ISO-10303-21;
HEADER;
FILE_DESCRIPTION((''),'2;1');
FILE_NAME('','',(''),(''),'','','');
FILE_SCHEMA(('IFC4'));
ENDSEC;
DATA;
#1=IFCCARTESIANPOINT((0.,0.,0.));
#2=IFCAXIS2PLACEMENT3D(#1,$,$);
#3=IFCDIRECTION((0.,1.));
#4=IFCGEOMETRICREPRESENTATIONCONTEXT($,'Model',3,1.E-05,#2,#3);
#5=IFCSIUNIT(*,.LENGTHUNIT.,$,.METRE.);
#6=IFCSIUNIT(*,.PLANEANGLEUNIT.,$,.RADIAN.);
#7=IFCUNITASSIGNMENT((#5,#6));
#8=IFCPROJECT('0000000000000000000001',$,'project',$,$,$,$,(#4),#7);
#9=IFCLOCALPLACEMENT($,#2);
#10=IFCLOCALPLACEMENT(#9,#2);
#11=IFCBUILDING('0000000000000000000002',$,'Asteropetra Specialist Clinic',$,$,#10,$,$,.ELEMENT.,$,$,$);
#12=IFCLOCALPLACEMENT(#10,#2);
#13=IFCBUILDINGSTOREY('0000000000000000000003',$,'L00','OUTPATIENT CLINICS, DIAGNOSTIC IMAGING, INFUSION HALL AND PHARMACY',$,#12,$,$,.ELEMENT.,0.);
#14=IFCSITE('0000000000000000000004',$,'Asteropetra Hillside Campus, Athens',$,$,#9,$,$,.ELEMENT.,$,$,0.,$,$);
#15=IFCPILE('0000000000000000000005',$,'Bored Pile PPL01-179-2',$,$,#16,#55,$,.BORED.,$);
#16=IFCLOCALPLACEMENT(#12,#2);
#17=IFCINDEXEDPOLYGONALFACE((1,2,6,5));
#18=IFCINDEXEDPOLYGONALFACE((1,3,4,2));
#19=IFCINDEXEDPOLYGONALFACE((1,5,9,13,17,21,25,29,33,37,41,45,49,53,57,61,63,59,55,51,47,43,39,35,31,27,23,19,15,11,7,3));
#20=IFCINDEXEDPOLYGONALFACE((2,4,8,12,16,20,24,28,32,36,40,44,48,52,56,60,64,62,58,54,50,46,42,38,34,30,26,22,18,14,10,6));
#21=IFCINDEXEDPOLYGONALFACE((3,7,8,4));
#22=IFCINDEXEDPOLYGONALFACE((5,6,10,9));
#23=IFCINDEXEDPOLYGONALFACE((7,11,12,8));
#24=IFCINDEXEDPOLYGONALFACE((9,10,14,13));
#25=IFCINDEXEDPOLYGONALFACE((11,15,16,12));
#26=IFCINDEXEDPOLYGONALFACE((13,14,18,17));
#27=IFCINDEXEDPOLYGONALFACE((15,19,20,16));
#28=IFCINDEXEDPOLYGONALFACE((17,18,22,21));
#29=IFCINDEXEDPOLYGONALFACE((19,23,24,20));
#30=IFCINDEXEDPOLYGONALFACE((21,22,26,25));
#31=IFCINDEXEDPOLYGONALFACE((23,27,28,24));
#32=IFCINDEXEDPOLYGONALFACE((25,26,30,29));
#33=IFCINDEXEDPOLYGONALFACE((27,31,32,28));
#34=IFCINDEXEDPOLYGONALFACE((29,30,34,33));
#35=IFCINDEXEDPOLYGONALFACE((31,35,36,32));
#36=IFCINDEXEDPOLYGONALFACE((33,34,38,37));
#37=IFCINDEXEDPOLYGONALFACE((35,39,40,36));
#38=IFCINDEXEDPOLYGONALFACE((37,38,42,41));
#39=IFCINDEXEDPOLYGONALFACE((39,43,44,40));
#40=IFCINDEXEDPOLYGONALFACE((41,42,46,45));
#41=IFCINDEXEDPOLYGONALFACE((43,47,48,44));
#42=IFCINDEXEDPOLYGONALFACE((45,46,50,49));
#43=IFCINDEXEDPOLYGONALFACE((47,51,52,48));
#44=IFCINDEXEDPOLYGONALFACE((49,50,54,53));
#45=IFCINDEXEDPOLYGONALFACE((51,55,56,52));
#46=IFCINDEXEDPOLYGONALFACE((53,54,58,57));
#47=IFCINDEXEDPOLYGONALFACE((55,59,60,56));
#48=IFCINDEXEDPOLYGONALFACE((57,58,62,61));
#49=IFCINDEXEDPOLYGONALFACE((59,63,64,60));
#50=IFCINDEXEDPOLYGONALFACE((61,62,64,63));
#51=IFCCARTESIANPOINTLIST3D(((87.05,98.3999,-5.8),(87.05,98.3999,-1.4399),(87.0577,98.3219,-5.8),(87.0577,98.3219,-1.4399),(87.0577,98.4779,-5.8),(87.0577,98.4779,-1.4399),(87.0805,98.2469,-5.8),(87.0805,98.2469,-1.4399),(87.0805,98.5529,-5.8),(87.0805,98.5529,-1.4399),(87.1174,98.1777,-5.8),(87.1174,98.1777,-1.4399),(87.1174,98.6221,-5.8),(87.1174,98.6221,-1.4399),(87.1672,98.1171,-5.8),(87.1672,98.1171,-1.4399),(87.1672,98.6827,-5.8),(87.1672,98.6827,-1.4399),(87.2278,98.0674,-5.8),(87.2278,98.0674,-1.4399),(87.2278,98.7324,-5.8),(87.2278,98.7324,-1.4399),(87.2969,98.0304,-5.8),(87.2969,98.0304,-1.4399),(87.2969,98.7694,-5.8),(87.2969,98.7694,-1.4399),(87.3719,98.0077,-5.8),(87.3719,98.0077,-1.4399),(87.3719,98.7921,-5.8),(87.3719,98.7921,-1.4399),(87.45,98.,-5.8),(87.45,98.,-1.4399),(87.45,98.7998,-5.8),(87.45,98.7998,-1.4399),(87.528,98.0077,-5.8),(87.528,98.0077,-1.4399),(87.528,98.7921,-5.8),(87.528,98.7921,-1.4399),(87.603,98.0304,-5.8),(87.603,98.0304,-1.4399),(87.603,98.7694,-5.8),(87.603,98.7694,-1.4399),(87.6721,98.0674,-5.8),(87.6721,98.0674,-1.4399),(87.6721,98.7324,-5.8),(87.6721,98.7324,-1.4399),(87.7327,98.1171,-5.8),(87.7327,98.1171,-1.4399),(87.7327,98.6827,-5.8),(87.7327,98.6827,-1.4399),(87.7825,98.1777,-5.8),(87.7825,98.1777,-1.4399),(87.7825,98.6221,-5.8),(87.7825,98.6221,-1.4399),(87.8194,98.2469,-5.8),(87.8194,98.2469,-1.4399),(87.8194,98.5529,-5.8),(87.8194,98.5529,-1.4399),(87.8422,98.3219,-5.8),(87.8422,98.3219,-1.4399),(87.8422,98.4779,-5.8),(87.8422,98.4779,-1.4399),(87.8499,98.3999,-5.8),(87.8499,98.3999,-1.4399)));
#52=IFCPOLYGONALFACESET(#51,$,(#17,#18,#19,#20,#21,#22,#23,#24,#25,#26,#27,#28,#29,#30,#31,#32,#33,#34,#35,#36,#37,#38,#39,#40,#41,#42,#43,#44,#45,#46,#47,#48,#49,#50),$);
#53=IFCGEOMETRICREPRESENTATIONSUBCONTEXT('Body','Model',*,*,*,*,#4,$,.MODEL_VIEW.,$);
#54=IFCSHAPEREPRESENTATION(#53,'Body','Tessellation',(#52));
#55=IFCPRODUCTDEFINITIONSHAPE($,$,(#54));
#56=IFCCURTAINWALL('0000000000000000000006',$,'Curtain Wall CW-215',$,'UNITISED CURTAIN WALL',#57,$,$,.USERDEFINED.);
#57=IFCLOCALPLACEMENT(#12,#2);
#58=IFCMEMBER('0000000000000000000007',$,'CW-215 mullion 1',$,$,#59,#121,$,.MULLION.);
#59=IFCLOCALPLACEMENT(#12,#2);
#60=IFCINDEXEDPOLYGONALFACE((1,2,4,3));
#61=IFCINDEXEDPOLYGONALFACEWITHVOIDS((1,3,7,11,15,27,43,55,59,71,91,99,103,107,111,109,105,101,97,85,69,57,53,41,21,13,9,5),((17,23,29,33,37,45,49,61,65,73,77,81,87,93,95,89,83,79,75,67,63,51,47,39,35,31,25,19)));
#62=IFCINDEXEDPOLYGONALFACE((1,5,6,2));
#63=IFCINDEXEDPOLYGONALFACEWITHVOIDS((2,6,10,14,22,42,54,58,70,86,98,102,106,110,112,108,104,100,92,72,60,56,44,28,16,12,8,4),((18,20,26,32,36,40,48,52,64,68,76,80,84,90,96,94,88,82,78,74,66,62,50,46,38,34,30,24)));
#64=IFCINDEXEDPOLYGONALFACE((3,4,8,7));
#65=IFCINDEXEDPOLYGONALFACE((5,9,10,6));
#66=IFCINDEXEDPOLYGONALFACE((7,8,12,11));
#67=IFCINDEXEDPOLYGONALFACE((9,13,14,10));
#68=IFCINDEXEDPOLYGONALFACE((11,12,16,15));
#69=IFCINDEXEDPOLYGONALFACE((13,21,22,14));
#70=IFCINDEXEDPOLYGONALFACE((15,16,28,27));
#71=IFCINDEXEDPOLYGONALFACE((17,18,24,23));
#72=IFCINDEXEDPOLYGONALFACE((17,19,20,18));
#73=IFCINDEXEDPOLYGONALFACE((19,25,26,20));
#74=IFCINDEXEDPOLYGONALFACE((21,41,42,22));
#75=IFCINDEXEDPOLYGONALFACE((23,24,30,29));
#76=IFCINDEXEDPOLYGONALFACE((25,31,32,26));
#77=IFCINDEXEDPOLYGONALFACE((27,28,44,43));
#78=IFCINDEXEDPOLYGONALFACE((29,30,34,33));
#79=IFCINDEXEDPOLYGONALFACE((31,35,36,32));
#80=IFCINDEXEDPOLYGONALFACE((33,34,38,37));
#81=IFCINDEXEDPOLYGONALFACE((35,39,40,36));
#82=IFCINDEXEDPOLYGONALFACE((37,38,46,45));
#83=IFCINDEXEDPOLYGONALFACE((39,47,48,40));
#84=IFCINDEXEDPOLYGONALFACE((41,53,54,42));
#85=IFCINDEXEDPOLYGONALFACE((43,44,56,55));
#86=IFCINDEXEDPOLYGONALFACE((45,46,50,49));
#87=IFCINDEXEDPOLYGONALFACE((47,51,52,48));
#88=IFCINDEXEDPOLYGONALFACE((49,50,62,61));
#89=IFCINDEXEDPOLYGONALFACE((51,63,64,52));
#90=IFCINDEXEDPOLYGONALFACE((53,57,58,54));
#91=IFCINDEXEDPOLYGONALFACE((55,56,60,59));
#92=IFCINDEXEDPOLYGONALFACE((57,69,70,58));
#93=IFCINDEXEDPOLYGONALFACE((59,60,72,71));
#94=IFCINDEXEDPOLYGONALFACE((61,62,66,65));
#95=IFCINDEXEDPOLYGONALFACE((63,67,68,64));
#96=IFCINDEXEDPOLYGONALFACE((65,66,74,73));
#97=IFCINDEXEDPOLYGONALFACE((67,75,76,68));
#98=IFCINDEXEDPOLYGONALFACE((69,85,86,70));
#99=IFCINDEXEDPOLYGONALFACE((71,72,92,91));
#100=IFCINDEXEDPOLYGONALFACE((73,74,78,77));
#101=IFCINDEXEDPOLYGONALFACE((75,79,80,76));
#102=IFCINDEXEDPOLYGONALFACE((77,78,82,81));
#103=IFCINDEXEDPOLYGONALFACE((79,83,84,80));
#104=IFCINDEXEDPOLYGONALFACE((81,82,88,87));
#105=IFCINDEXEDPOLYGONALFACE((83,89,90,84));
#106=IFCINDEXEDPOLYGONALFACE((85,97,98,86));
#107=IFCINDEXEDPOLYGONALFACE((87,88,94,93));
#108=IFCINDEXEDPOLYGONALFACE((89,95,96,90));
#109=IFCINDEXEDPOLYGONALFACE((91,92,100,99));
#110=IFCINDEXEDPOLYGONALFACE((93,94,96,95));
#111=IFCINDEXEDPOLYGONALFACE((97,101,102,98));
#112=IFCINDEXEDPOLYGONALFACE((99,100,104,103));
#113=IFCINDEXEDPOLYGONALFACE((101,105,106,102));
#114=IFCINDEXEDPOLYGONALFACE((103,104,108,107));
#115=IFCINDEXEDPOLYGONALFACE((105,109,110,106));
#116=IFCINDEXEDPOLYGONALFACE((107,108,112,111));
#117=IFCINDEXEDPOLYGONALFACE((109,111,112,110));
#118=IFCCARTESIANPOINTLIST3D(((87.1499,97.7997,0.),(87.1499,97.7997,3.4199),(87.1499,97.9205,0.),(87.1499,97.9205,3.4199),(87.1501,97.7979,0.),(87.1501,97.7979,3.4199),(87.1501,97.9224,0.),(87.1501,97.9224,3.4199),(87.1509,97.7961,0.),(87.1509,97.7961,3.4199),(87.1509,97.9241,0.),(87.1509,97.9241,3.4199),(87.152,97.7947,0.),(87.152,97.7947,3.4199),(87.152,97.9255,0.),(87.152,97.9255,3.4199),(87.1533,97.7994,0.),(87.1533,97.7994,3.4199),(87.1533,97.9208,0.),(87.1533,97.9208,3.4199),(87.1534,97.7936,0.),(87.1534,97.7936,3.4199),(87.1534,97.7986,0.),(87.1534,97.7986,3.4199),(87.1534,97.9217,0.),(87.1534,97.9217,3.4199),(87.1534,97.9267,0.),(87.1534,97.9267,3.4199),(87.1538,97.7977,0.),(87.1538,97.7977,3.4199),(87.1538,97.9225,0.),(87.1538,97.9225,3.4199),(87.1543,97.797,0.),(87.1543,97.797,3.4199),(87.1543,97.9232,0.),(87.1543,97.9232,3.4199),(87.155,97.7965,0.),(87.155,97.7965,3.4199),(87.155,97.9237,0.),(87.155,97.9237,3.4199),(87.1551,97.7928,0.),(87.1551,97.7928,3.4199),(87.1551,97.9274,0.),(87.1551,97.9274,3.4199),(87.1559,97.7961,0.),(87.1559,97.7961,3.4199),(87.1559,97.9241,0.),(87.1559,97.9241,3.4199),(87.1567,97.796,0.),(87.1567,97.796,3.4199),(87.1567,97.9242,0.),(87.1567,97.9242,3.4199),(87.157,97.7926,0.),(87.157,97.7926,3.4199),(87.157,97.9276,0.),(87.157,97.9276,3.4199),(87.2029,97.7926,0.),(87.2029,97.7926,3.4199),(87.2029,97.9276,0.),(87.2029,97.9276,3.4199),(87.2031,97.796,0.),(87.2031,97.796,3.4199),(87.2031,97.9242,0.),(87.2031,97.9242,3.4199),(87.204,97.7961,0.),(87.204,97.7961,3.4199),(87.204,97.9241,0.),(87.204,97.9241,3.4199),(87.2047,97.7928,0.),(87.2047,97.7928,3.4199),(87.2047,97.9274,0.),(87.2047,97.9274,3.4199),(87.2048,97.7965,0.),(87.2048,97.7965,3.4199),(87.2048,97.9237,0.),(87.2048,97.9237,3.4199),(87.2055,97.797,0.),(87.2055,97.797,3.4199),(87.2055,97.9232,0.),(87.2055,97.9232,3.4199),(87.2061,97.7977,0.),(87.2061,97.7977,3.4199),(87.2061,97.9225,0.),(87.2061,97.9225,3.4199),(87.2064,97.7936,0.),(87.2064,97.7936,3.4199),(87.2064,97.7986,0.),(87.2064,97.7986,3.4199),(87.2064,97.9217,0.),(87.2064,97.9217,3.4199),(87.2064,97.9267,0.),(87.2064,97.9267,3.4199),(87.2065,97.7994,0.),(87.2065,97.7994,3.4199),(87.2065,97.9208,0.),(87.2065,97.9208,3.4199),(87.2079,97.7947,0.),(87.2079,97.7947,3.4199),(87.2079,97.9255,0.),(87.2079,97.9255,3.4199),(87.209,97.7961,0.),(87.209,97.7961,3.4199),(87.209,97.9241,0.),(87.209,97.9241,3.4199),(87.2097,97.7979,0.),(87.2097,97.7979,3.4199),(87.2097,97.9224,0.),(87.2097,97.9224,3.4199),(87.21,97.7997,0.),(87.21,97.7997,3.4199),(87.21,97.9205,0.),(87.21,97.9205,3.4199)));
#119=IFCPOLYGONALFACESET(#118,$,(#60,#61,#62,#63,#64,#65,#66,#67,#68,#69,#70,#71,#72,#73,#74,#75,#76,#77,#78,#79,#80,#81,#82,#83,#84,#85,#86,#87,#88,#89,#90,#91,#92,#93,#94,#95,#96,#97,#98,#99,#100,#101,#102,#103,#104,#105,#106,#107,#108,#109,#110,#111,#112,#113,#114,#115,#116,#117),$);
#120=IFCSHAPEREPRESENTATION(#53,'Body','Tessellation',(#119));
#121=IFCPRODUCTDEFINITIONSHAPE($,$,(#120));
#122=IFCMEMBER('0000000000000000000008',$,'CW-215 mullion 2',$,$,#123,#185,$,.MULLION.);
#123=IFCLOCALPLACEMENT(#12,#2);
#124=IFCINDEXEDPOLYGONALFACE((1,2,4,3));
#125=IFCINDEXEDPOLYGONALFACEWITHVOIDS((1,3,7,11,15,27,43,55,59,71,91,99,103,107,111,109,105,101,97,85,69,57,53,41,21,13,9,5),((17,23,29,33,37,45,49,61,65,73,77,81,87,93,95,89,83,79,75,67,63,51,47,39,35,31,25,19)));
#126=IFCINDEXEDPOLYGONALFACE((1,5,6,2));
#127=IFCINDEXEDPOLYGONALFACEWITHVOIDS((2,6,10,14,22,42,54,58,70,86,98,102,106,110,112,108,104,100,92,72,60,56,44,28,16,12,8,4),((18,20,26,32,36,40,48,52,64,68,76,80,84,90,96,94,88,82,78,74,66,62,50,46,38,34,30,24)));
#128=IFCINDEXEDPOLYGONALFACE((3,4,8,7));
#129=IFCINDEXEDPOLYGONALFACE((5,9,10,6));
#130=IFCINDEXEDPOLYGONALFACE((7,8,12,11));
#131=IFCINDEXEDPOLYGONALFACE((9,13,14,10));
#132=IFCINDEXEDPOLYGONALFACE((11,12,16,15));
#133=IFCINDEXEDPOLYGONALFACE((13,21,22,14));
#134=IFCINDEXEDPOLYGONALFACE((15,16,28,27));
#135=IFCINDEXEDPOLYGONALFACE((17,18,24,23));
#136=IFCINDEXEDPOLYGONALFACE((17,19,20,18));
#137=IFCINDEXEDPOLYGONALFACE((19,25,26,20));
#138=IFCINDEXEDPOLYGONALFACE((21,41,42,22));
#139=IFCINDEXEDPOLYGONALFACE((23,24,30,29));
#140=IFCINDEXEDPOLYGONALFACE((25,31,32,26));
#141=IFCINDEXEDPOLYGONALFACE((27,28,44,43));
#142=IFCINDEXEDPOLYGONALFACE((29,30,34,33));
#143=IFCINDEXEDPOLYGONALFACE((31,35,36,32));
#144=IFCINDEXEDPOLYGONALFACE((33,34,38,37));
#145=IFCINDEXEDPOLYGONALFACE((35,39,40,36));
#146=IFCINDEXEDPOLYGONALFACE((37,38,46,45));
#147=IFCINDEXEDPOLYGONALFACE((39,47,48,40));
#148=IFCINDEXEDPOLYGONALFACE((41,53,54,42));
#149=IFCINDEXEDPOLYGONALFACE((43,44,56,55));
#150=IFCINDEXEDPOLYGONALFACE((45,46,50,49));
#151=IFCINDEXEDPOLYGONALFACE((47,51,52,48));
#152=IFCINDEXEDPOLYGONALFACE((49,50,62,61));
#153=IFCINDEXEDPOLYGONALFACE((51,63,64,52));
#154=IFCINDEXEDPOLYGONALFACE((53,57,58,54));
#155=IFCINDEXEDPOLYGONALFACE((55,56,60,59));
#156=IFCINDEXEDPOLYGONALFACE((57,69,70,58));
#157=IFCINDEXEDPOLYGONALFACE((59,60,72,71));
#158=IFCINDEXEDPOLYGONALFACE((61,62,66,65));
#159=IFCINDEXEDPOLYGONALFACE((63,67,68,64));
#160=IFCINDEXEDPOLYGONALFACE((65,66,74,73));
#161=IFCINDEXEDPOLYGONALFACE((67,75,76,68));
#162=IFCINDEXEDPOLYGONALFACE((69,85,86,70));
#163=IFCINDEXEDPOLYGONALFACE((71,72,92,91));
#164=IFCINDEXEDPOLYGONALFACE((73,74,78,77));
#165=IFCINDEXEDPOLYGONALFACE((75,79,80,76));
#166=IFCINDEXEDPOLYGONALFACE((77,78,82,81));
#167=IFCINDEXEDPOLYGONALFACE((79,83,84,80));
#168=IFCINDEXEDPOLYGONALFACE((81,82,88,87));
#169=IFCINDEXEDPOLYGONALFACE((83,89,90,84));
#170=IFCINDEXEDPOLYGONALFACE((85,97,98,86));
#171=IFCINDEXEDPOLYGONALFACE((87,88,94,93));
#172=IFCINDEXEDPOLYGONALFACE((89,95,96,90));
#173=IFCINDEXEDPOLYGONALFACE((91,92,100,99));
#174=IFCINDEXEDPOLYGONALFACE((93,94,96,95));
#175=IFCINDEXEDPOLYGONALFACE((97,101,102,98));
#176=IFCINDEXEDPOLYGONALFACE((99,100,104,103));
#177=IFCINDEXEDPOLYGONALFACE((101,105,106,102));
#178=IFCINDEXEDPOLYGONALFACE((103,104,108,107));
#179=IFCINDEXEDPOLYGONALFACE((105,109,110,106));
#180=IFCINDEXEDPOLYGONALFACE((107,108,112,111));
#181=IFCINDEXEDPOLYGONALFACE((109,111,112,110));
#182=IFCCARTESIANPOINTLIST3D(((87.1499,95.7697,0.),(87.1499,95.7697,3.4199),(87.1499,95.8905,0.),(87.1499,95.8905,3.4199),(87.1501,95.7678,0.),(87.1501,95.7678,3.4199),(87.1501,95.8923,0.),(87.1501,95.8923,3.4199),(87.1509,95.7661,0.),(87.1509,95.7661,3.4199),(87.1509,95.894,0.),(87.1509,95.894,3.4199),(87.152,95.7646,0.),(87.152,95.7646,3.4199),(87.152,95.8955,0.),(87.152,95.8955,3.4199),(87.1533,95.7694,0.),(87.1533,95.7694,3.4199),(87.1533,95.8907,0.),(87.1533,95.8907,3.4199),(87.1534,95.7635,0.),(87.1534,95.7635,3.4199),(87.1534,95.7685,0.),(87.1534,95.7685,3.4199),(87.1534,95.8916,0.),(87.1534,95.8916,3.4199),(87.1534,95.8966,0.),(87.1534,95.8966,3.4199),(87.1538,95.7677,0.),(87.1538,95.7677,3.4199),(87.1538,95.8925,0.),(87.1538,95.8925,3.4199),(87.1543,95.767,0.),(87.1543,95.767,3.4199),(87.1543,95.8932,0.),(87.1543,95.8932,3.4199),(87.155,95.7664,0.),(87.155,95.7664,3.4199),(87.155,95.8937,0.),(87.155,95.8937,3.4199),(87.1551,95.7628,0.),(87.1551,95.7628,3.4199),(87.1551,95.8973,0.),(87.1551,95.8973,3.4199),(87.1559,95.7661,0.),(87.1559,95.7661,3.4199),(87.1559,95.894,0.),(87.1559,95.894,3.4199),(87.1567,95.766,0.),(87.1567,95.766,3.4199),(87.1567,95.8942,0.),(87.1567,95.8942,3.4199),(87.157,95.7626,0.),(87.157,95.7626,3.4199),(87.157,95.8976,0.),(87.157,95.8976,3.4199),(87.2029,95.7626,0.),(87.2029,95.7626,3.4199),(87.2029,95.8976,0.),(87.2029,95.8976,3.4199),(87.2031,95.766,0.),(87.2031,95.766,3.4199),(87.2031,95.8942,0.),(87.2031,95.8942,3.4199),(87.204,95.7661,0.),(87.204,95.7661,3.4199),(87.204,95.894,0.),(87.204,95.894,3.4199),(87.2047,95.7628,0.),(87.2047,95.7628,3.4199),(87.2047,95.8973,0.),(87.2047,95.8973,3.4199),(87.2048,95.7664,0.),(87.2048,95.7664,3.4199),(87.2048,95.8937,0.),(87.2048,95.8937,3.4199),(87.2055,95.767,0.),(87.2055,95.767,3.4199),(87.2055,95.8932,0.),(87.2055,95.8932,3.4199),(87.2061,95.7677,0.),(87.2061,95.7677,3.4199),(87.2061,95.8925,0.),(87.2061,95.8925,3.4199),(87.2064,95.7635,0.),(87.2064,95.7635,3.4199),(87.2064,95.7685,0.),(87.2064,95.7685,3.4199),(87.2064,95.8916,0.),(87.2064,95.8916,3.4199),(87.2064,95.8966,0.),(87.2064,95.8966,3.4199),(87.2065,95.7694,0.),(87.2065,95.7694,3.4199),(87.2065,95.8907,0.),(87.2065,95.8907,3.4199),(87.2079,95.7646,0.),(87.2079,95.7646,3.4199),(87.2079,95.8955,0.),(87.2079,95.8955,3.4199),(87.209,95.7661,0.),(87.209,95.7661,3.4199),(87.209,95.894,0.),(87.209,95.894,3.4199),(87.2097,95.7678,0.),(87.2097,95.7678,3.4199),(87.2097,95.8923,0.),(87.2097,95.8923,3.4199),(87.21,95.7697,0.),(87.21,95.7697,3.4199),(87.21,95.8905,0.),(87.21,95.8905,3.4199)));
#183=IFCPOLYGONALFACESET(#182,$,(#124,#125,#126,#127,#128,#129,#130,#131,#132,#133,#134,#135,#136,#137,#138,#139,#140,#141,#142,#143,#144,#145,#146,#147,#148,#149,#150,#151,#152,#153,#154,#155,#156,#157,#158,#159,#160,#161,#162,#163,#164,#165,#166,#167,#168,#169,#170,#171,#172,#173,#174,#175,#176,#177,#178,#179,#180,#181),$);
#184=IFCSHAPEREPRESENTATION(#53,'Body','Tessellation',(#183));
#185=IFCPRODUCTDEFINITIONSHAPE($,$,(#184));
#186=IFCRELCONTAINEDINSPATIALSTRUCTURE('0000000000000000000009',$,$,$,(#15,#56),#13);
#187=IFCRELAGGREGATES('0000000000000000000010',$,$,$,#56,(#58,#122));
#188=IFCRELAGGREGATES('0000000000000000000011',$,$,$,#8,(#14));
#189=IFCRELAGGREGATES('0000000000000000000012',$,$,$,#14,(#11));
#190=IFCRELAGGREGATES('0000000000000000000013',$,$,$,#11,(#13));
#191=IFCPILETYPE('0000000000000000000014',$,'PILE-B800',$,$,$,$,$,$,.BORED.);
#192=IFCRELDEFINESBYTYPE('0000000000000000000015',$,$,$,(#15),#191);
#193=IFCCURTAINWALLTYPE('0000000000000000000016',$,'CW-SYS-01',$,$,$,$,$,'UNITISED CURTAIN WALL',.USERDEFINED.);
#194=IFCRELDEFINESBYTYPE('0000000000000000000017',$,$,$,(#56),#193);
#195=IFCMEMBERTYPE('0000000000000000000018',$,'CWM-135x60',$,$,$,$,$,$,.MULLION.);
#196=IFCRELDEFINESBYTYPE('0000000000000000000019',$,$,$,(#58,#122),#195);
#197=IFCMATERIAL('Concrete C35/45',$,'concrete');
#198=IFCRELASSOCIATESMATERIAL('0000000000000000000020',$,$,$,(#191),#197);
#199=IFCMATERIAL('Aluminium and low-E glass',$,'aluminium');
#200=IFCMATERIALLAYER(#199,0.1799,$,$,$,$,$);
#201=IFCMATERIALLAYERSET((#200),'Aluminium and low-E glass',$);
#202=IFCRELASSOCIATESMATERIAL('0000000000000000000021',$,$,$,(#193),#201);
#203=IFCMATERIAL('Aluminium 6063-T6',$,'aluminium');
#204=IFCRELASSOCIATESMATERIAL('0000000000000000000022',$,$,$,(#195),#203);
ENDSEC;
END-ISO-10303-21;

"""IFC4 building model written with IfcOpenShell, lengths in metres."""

from ifc_helpers import new_model, si_unit, direction, frame, origin, origin_2d, place, context, subcontext, project, spatial, hollow_rectangle, circle, extrude, material, layer, layer_set, material_profile, profile_set, type_object, element, aggregate, save


model = new_model("IFC4")

# Units and contexts
model_context = context("Model", 3, precision=1e-05, world=origin(), true_north=direction((0.0, 1.0)))
body_context = subcontext(model_context, "Body", "Model", "MODEL_VIEW")
ifc_project = project(units=[si_unit("LENGTHUNIT", "METRE"), si_unit("PLANEANGLEUNIT", "RADIAN")], contexts=[model_context])

# Site, building, storey
site_placement = place(None, origin())
site = spatial("IfcSite", under=ifc_project, at=site_placement, Name="Asteropetra Hillside Campus, Athens", CompositionType="ELEMENT", RefElevation=0.0)
building_placement = place(site_placement, origin())
building = spatial("IfcBuilding", under=site, at=building_placement, Name="Asteropetra Specialist Clinic", CompositionType="ELEMENT")
storey_placement = place(building_placement, origin())
storey = spatial("IfcBuildingStorey", under=building, at=storey_placement, Name="L00", Description="OUTPATIENT CLINICS, DIAGNOSTIC IMAGING, INFUSION HALL AND PHARMACY", CompositionType="ELEMENT", Elevation=0.0)

# Pile
ifc_material_1 = material(Name="Concrete C35/45", Category="concrete")
ifc_material_profile_1 = material_profile(ifc_material_1, circle(Radius=0.3999, at=origin_2d()), Name="PILE D800")
ifc_profile_set_1 = profile_set([ifc_material_profile_1], Name="Concrete C35/45")
pile_type = type_object("IfcPileType", Name="PILE-B800", PredefinedType="BORED", material=ifc_profile_set_1)
pile_placement = place(storey_placement, frame((87.45, 98.3999, -1.4399), z_axis=(0.0, 0.0, -1.0), x_axis=(1.0, 0.0, 0.0)))
element("IfcPile", 1, at=pile_placement, inside=storey, type_object=pile_type, Name="Bored Pile PPL01-179-2", PredefinedType="BORED", context=body_context, shape_type="SweptSolid", body=[
    extrude(circle(Radius=0.3999, at=origin_2d()), origin(), (0.0, 0.0, 1.0), 4.3601),
])

# Curtain wall, members
ifc_material_2 = material(Name="Aluminium and low-E glass", Category="aluminium")
ifc_layer_1 = layer(ifc_material_2, 0.1799)
ifc_layer_set_1 = layer_set([ifc_layer_1], Name="Aluminium and low-E glass")
curtain_wall_type = type_object("IfcCurtainWallType", Name="CW-SYS-01", ElementType="UNITISED CURTAIN WALL", PredefinedType="USERDEFINED", material=ifc_layer_set_1)
curtain_wall_placement = place(storey_placement, origin())
curtain_wall = element("IfcCurtainWall", 2, at=curtain_wall_placement, inside=storey, type_object=curtain_wall_type, Name="Curtain Wall CW-215", ObjectType="UNITISED CURTAIN WALL", PredefinedType="USERDEFINED")
ifc_material_3 = material(Name="Aluminium 6063-T6", Category="aluminium")
ifc_material_profile_2 = material_profile(ifc_material_3, hollow_rectangle(XDim=0.0601, YDim=0.135, WallThickness=0.0034, InnerFilletRadius=0.0034, OuterFilletRadius=0.0071, at=origin_2d()), Name="MUL 135x60x3.5")
ifc_profile_set_2 = profile_set([ifc_material_profile_2], Name="Aluminium 6063-T6")
member_type_1 = type_object("IfcMemberType", Name="CWM-135x60", PredefinedType="MULLION", material=ifc_profile_set_2)
member_1_placement = place(storey_placement, frame((87.1799, 97.8601, 0.0), z_axis=(0.0, 0.0, 1.0), x_axis=(1.0, 0.0, 0.0)))
member_1 = element("IfcMember", 3, at=member_1_placement, type_object=member_type_1, Name="CW-215 mullion 1", PredefinedType="MULLION", context=body_context, shape_type="SweptSolid", body=[
    extrude(hollow_rectangle(XDim=0.0601, YDim=0.135, WallThickness=0.0034, InnerFilletRadius=0.0034, OuterFilletRadius=0.0071, at=origin_2d()), origin(), (0.0, 0.0, 1.0), 3.4199),
])
member_2_placement = place(storey_placement, frame((87.1799, 95.8301, 0.0), z_axis=(0.0, 0.0, 1.0), x_axis=(1.0, 0.0, 0.0)))
member_2 = element("IfcMember", 4, at=member_2_placement, type_object=member_type_1, Name="CW-215 mullion 2", PredefinedType="MULLION", context=body_context, shape_type="SweptSolid", body=[
    extrude(hollow_rectangle(XDim=0.0601, YDim=0.135, WallThickness=0.0034, InnerFilletRadius=0.0034, OuterFilletRadius=0.0071, at=origin_2d()), origin(), (0.0, 0.0, 1.0), 3.4199),
])
aggregate(curtain_wall, [member_1, member_2])

save(model, "model.ifc")
